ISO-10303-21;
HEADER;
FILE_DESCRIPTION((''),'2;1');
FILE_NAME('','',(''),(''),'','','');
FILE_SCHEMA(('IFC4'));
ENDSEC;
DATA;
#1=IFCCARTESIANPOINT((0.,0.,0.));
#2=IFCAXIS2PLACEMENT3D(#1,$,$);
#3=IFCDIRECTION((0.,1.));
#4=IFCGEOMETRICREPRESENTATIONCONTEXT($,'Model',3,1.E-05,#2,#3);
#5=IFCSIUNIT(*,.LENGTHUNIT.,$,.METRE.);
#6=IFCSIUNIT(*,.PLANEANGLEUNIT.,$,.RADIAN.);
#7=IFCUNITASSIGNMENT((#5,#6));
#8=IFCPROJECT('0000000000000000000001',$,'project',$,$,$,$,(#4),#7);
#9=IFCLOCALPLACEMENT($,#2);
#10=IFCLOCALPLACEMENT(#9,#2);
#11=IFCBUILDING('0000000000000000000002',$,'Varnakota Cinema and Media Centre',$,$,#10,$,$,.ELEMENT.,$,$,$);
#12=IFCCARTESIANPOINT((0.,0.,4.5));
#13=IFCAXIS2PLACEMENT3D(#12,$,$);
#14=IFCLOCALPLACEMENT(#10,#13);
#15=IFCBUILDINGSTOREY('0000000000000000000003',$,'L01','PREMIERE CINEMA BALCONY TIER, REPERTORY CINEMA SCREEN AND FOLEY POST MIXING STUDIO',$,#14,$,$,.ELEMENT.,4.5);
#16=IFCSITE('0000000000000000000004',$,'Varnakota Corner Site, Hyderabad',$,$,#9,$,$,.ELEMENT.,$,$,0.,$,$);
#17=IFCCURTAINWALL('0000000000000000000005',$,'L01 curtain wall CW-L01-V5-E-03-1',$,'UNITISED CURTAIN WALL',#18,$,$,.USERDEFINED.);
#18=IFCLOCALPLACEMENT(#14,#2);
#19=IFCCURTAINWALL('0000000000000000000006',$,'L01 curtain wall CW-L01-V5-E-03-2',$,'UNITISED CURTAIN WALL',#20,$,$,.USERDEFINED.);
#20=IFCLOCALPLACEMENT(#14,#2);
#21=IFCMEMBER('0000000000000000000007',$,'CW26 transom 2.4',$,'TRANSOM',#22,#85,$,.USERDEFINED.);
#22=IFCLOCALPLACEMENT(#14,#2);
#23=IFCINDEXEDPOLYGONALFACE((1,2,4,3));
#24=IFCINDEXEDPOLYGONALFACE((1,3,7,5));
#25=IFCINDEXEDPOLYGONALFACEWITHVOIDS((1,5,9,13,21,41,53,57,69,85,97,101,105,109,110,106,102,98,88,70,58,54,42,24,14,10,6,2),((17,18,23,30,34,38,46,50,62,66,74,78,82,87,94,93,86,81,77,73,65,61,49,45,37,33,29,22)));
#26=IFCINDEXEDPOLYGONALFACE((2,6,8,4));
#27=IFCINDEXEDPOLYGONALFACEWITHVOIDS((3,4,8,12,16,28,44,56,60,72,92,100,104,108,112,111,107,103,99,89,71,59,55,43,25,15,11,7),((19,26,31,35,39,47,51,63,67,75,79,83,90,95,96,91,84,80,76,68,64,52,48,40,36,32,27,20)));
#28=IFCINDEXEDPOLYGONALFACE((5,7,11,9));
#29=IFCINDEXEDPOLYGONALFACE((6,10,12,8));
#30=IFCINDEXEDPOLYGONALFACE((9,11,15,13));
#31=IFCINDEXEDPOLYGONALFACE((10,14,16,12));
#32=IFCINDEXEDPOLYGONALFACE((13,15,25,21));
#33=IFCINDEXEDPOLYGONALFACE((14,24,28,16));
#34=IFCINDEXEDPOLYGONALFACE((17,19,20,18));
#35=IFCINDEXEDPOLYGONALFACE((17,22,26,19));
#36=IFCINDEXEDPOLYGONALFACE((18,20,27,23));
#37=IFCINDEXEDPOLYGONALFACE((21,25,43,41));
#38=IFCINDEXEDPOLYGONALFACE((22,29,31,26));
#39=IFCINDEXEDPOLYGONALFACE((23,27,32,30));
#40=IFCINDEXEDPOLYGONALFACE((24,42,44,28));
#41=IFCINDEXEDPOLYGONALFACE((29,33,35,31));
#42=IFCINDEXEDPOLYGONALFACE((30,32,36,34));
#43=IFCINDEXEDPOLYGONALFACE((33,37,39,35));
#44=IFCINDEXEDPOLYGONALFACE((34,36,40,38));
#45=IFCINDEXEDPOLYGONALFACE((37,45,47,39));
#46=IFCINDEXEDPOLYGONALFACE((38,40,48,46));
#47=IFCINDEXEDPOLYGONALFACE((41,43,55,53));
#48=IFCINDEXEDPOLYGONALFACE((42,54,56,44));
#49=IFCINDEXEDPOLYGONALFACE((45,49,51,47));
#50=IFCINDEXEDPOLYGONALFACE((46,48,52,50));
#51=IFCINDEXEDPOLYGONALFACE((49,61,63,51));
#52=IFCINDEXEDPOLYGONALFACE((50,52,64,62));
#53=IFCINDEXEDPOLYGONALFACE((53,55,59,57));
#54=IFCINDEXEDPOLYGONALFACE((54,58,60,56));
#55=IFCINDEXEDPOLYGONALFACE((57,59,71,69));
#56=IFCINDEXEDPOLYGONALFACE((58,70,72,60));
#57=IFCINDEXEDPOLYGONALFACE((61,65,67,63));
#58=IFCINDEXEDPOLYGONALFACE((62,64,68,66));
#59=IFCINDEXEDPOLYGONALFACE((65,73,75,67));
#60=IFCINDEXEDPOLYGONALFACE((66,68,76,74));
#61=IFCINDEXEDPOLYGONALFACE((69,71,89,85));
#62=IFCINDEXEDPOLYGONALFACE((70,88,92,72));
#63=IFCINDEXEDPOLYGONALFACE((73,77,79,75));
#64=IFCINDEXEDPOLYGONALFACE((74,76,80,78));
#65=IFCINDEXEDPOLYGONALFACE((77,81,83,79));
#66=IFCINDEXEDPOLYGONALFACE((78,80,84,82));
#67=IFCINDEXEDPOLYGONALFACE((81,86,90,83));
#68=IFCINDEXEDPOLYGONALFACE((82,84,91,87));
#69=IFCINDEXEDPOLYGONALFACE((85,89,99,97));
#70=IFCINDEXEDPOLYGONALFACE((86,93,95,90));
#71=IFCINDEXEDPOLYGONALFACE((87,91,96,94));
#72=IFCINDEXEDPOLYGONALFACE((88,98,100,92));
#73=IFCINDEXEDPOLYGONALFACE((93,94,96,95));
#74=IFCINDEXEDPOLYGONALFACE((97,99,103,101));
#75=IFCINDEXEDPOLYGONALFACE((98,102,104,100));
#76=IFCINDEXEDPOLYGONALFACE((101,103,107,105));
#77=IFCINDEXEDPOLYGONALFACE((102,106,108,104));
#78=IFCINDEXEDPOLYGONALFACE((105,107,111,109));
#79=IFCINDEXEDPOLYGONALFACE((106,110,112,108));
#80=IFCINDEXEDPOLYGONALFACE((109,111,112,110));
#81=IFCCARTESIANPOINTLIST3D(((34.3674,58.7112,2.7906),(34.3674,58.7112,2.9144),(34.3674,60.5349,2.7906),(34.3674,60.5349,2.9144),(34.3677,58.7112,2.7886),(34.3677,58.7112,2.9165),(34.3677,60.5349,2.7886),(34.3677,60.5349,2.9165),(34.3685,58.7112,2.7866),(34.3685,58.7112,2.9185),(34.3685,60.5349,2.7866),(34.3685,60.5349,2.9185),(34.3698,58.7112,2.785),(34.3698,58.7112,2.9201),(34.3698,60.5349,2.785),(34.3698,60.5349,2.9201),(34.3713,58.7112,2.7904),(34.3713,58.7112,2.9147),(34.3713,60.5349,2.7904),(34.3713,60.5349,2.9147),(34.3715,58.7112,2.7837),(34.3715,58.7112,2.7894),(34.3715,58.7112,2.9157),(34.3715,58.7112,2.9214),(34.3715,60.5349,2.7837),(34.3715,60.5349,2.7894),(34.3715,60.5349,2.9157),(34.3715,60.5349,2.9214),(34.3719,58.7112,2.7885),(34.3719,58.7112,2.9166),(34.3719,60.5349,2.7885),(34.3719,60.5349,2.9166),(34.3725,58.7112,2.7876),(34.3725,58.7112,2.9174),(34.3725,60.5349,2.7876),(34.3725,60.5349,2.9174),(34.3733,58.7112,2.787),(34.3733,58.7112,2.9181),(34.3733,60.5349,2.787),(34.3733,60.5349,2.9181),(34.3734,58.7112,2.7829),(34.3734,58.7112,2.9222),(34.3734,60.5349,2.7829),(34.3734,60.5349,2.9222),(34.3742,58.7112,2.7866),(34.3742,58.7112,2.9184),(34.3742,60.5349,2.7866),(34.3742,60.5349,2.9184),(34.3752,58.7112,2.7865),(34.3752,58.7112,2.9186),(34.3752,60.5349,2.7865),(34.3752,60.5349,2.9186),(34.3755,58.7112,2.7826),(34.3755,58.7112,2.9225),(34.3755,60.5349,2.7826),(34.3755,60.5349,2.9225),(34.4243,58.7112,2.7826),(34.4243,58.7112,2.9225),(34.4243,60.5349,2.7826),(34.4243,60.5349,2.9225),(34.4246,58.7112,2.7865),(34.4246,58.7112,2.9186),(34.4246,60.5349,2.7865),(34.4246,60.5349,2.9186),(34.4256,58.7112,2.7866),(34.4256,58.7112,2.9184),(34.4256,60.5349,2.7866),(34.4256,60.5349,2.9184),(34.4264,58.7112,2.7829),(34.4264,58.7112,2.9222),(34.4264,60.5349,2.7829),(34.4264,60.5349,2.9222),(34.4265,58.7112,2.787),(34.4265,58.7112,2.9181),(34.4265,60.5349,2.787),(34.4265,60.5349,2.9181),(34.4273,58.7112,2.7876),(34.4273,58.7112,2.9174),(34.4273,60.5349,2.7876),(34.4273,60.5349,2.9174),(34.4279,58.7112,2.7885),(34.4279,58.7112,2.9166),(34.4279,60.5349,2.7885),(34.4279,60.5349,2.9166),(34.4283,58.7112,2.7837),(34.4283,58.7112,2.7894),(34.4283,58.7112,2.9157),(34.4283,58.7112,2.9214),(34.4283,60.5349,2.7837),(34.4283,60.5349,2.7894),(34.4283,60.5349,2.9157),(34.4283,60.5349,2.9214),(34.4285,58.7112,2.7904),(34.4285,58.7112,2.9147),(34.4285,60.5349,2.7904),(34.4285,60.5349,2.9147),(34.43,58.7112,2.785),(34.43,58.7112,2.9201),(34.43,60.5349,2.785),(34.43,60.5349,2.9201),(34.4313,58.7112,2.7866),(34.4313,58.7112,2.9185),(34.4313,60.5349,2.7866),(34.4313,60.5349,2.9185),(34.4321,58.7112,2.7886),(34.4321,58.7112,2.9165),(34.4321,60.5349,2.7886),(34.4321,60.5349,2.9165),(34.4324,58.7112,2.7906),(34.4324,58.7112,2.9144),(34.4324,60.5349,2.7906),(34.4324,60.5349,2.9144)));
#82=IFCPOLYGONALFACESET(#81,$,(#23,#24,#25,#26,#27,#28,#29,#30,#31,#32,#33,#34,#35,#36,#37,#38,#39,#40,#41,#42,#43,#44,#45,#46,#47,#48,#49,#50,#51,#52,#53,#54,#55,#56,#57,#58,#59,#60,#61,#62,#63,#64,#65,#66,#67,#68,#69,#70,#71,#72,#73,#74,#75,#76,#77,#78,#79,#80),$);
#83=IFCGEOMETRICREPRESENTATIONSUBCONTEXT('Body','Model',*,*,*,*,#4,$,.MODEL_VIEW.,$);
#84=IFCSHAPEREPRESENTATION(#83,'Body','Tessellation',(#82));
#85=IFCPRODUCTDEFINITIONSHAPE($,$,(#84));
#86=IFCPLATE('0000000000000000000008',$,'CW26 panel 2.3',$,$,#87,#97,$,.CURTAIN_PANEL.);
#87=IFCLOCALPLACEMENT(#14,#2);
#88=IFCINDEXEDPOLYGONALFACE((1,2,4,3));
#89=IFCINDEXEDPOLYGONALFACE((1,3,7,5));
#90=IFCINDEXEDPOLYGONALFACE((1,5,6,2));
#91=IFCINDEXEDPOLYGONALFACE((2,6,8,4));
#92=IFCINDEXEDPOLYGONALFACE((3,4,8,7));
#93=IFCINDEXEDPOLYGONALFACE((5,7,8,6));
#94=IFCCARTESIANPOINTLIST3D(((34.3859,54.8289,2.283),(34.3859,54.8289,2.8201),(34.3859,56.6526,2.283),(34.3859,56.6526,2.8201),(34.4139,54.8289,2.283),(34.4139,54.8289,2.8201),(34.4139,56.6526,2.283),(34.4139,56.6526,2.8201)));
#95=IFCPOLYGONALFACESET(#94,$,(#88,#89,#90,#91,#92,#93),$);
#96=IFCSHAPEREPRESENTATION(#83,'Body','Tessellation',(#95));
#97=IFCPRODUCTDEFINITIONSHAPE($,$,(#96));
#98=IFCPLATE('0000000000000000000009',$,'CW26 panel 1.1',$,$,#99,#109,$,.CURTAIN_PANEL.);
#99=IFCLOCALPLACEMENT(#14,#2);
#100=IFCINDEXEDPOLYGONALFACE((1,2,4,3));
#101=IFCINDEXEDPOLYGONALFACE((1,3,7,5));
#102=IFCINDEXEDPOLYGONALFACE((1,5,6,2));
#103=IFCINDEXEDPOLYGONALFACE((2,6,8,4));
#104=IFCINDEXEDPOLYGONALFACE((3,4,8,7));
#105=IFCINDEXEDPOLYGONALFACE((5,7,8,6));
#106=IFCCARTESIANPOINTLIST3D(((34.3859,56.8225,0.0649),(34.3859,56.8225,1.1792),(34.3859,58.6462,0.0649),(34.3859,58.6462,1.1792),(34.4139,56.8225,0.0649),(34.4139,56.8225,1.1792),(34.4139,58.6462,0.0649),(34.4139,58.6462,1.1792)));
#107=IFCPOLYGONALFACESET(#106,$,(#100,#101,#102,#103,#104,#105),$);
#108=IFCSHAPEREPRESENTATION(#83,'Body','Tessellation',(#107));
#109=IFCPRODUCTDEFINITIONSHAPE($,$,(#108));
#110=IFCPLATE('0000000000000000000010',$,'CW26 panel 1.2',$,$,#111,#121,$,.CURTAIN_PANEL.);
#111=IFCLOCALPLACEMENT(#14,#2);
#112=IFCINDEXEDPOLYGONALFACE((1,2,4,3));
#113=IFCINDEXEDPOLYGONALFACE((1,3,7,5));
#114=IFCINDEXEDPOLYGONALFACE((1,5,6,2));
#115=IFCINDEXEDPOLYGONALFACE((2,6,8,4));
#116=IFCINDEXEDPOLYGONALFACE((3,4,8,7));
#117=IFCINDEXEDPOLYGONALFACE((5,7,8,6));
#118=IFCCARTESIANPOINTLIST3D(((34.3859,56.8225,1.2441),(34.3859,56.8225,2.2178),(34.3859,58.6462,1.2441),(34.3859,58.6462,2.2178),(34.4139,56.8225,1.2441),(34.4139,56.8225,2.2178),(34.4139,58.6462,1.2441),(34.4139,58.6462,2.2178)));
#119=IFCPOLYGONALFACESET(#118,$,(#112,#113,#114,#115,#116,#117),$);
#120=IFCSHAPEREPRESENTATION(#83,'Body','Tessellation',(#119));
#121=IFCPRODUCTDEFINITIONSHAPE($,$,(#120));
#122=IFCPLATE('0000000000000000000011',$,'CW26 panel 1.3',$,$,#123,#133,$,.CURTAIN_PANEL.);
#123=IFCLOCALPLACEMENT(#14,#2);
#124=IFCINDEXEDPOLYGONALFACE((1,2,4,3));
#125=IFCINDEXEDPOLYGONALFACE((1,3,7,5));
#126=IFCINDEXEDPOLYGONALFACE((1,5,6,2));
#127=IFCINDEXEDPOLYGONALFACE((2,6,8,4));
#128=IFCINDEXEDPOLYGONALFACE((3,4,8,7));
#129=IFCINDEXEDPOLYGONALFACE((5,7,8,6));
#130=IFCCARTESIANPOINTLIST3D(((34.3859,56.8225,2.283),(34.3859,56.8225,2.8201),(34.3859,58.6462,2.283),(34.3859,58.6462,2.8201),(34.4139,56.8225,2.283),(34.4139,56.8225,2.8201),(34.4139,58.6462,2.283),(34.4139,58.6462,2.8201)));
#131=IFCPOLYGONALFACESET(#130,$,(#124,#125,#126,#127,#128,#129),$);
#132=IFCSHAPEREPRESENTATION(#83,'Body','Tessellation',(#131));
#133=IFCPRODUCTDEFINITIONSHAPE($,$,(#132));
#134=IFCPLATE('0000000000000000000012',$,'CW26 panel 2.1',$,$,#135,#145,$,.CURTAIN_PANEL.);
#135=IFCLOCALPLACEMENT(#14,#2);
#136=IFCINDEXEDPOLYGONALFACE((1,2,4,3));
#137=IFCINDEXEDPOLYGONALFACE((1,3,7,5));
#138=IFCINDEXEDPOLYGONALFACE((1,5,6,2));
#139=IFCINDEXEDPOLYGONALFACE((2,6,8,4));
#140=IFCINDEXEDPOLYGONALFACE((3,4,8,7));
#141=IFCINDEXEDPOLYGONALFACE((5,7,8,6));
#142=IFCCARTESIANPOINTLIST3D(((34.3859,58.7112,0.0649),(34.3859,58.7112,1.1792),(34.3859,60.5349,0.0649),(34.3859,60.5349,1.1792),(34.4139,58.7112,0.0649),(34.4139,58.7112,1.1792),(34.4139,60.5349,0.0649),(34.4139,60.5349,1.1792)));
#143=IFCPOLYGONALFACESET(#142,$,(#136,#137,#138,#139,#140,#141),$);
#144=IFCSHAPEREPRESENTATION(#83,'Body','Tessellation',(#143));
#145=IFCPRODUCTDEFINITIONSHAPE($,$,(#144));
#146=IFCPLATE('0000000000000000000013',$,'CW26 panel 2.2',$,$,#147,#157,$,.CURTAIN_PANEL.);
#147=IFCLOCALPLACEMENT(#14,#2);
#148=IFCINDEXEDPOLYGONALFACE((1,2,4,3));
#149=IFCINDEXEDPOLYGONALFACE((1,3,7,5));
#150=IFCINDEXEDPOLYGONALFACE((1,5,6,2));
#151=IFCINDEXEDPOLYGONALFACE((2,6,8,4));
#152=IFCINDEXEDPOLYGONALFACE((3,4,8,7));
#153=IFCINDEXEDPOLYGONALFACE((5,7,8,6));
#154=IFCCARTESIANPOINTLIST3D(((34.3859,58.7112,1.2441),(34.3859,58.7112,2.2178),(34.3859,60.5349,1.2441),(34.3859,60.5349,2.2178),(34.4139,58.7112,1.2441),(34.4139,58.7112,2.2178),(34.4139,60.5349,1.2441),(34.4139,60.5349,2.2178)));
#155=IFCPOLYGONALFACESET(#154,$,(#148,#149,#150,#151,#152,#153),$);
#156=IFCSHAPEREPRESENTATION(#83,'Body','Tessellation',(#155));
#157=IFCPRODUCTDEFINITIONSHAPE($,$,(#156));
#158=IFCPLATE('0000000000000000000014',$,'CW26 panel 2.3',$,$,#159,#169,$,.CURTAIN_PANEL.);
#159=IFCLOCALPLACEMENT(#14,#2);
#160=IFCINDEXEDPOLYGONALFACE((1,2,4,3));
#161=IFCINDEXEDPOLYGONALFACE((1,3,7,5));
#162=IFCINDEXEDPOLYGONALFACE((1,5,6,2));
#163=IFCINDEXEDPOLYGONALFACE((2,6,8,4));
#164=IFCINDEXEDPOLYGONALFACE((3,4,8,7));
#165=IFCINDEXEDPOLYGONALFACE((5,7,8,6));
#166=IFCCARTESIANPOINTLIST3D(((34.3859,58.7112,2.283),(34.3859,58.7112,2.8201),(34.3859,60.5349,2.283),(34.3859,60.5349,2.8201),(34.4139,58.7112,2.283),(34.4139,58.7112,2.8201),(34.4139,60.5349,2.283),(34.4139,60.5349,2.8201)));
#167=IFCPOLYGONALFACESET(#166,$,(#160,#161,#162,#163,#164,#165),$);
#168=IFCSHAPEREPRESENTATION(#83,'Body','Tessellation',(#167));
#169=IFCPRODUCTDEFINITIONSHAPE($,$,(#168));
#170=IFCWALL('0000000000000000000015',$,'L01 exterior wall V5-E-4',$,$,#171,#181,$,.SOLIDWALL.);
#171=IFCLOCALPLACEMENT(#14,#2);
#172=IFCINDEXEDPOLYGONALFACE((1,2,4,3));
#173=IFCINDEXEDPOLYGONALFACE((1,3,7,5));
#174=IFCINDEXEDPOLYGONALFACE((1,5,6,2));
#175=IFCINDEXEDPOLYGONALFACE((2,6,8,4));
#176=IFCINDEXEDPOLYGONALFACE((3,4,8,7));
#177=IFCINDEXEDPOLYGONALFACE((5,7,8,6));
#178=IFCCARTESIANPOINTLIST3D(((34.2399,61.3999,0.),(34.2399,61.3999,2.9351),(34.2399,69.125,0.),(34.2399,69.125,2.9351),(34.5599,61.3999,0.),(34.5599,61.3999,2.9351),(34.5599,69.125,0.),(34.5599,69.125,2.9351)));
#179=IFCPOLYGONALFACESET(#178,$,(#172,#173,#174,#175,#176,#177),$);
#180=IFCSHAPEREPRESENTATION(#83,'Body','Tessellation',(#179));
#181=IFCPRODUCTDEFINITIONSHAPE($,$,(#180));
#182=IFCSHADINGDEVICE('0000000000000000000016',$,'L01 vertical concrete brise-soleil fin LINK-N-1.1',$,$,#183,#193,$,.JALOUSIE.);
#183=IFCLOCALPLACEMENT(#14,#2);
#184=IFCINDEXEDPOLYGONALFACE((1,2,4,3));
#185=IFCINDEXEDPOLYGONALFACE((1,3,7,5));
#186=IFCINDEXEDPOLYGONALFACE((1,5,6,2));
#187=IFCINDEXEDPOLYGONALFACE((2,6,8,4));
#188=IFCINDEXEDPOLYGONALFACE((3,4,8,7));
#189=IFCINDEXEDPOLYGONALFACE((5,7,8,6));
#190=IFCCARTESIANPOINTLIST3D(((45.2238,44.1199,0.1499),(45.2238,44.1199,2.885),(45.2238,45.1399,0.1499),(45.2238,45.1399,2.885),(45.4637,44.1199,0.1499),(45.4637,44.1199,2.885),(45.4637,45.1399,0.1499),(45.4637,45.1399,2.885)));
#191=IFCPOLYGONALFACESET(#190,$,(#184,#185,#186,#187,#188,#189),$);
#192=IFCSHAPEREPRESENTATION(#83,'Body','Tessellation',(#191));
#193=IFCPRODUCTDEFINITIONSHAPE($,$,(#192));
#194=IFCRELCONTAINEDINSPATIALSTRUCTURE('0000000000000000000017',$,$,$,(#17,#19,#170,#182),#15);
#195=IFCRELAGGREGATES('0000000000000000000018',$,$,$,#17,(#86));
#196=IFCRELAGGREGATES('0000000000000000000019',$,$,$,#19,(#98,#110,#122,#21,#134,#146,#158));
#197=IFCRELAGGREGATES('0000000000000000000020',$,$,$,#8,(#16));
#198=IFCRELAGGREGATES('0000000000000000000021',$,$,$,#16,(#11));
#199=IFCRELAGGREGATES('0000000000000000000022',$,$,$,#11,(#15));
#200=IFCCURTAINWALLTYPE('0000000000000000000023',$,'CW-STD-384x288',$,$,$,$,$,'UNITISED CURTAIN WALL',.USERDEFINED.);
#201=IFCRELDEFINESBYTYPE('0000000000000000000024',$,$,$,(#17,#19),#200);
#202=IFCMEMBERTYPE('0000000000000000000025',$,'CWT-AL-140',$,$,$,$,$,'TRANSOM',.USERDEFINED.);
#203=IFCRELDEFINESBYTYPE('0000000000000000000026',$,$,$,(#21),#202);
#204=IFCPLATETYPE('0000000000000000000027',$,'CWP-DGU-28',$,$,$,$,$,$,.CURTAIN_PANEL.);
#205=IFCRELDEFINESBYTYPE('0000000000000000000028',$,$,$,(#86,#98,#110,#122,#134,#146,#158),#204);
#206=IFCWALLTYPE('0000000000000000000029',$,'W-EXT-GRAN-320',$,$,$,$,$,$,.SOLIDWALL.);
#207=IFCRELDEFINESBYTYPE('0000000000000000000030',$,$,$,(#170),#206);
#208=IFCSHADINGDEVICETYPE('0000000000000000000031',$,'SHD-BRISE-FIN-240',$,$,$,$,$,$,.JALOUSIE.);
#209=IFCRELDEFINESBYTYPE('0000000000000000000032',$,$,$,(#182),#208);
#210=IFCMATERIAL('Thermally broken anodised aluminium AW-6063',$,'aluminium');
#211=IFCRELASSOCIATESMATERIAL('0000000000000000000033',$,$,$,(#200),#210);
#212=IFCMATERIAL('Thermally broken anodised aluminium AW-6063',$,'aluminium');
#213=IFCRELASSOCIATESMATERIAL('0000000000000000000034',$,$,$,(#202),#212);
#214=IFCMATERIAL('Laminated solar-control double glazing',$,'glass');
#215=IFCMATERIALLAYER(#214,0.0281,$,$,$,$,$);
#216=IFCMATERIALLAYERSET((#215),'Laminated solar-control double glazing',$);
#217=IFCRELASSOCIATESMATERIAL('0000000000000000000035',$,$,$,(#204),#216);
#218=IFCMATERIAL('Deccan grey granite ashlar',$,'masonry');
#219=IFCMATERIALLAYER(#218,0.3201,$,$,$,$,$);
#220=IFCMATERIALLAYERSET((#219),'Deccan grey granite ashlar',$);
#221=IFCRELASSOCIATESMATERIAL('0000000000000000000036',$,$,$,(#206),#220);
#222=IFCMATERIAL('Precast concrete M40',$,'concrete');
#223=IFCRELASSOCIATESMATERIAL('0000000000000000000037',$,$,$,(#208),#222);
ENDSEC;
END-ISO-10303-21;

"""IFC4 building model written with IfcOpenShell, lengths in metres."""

from ifc_helpers import new_model, si_unit, direction, frame, frame_2d, origin, origin_2d, place, context, subcontext, project, spatial, rectangle, hollow_rectangle, extrude, material, layer, layer_set, material_profile, profile_set, type_object, element, aggregate, save


model = new_model("IFC4")

# Units and contexts
model_context = context("Model", 3, precision=1e-05, world=origin(), true_north=direction((0.0, 1.0)))
body_context = subcontext(model_context, "Body", "Model", "MODEL_VIEW")
ifc_project = project(units=[si_unit("LENGTHUNIT", "METRE"), si_unit("PLANEANGLEUNIT", "RADIAN")], contexts=[model_context])

# Site, building, storey
site_placement = place(None, origin())
site = spatial("IfcSite", under=ifc_project, at=site_placement, Name="Varnakota Corner Site, Hyderabad", CompositionType="ELEMENT", RefElevation=0.0)
building_placement = place(site_placement, origin())
building = spatial("IfcBuilding", under=site, at=building_placement, Name="Varnakota Cinema and Media Centre", CompositionType="ELEMENT")
storey_placement = place(building_placement, frame((0.0, 0.0, 4.5)))
storey = spatial("IfcBuildingStorey", under=building, at=storey_placement, Name="L01", Description="PREMIERE CINEMA BALCONY TIER, REPERTORY CINEMA SCREEN AND FOLEY POST MIXING STUDIO", CompositionType="ELEMENT", Elevation=4.5)

# Curtain wall
ifc_material_1 = material(Name="Thermally broken anodised aluminium AW-6063", Category="aluminium")
curtain_wall_type = type_object("IfcCurtainWallType", Name="CW-STD-384x288", ElementType="UNITISED CURTAIN WALL", PredefinedType="USERDEFINED", material=ifc_material_1)
curtain_wall_1_placement = place(storey_placement, origin())
curtain_wall_1 = element("IfcCurtainWall", 1, at=curtain_wall_1_placement, inside=storey, type_object=curtain_wall_type, Name="L01 curtain wall CW-L01-V5-E-03-1", ObjectType="UNITISED CURTAIN WALL", PredefinedType="USERDEFINED")

# Curtain wall, member
curtain_wall_2_placement = place(storey_placement, origin())
curtain_wall_2 = element("IfcCurtainWall", 2, at=curtain_wall_2_placement, inside=storey, type_object=curtain_wall_type, Name="L01 curtain wall CW-L01-V5-E-03-2", ObjectType="UNITISED CURTAIN WALL", PredefinedType="USERDEFINED")
ifc_material_2 = material(Name="Thermally broken anodised aluminium AW-6063", Category="aluminium")
ifc_material_profile_1 = material_profile(ifc_material_2, hollow_rectangle(XDim=0.0649, YDim=0.1399, WallThickness=0.0039, InnerFilletRadius=0.0039, OuterFilletRadius=0.0081, at=origin_2d()), Name="AL-TRANSOM 140x65x4")
ifc_profile_set_1 = profile_set([ifc_material_profile_1], Name="Thermally broken anodised aluminium AW-6063")
member_type_1 = type_object("IfcMemberType", Name="CWT-AL-140", ElementType="TRANSOM", PredefinedType="USERDEFINED", material=ifc_profile_set_1)
member_1_placement = place(storey_placement, frame((34.3999, 58.7112, 2.8525), z_axis=(0.0, 1.0, 0.0), x_axis=(-1.0, 0.0, 0.0)))
member_1 = element("IfcMember", 3, at=member_1_placement, type_object=member_type_1, Name="CW26 transom 2.4", ObjectType="TRANSOM", PredefinedType="USERDEFINED", context=body_context, shape_type="SweptSolid", body=[
    extrude(hollow_rectangle(XDim=0.0649, YDim=0.1399, WallThickness=0.0039, InnerFilletRadius=0.0039, OuterFilletRadius=0.0081, at=origin_2d()), origin(), (0.0, 0.0, 1.0), 1.8237),
])

# Plates
ifc_material_3 = material(Name="Laminated solar-control double glazing", Category="glass")
ifc_layer_1 = layer(ifc_material_3, 0.0281)
ifc_layer_set_1 = layer_set([ifc_layer_1], Name="Laminated solar-control double glazing")
plate_type = type_object("IfcPlateType", Name="CWP-DGU-28", PredefinedType="CURTAIN_PANEL", material=ifc_layer_set_1)
plate_1_placement = place(storey_placement, frame((34.3999, 55.7407, 2.283), z_axis=(0.0, 0.0, 1.0), x_axis=(0.0, 1.0, 0.0)))
plate_1 = element("IfcPlate", 4, at=plate_1_placement, type_object=plate_type, Name="CW26 panel 2.3", PredefinedType="CURTAIN_PANEL", context=body_context, shape_type="SweptSolid", body=[
    extrude(rectangle(XDim=1.8237, YDim=0.0281, at=origin_2d()), origin(), (0.0, 0.0, 1.0), 0.5371),
])
aggregate(curtain_wall_1, [plate_1])
plate_2_placement = place(storey_placement, frame((34.3999, 57.7344, 0.0649), z_axis=(0.0, 0.0, 1.0), x_axis=(0.0, 1.0, 0.0)))
plate_2 = element("IfcPlate", 5, at=plate_2_placement, type_object=plate_type, Name="CW26 panel 1.1", PredefinedType="CURTAIN_PANEL", context=body_context, shape_type="SweptSolid", body=[
    extrude(rectangle(XDim=1.8237, YDim=0.0281, at=origin_2d()), origin(), (0.0, 0.0, 1.0), 1.1143),
])
plate_3_placement = place(storey_placement, frame((34.3999, 57.7344, 1.2441), z_axis=(0.0, 0.0, 1.0), x_axis=(0.0, 1.0, 0.0)))
plate_3 = element("IfcPlate", 6, at=plate_3_placement, type_object=plate_type, Name="CW26 panel 1.2", PredefinedType="CURTAIN_PANEL", context=body_context, shape_type="SweptSolid", body=[
    extrude(rectangle(XDim=1.8237, YDim=0.0281, at=origin_2d()), origin(), (0.0, 0.0, 1.0), 0.9736),
])
plate_4_placement = place(storey_placement, frame((34.3999, 57.7344, 2.283), z_axis=(0.0, 0.0, 1.0), x_axis=(0.0, 1.0, 0.0)))
plate_4 = element("IfcPlate", 7, at=plate_4_placement, type_object=plate_type, Name="CW26 panel 1.3", PredefinedType="CURTAIN_PANEL", context=body_context, shape_type="SweptSolid", body=[
    extrude(rectangle(XDim=1.8237, YDim=0.0281, at=origin_2d()), origin(), (0.0, 0.0, 1.0), 0.5371),
])
plate_5_placement = place(storey_placement, frame((34.3999, 59.623, 0.0649), z_axis=(0.0, 0.0, 1.0), x_axis=(0.0, 1.0, 0.0)))
plate_5 = element("IfcPlate", 8, at=plate_5_placement, type_object=plate_type, Name="CW26 panel 2.1", PredefinedType="CURTAIN_PANEL", context=body_context, shape_type="SweptSolid", body=[
    extrude(rectangle(XDim=1.8237, YDim=0.0281, at=origin_2d()), origin(), (0.0, 0.0, 1.0), 1.1143),
])
plate_6_placement = place(storey_placement, frame((34.3999, 59.623, 1.2441), z_axis=(0.0, 0.0, 1.0), x_axis=(0.0, 1.0, 0.0)))
plate_6 = element("IfcPlate", 9, at=plate_6_placement, type_object=plate_type, Name="CW26 panel 2.2", PredefinedType="CURTAIN_PANEL", context=body_context, shape_type="SweptSolid", body=[
    extrude(rectangle(XDim=1.8237, YDim=0.0281, at=origin_2d()), origin(), (0.0, 0.0, 1.0), 0.9736),
])
plate_7_placement = place(storey_placement, frame((34.3999, 59.623, 2.283), z_axis=(0.0, 0.0, 1.0), x_axis=(0.0, 1.0, 0.0)))
plate_7 = element("IfcPlate", 10, at=plate_7_placement, type_object=plate_type, Name="CW26 panel 2.3", PredefinedType="CURTAIN_PANEL", context=body_context, shape_type="SweptSolid", body=[
    extrude(rectangle(XDim=1.8237, YDim=0.0281, at=origin_2d()), origin(), (0.0, 0.0, 1.0), 0.5371),
])
aggregate(curtain_wall_2, [plate_2, plate_3, plate_4, member_1, plate_5, plate_6, plate_7])

# Wall
ifc_material_4 = material(Name="Deccan grey granite ashlar", Category="masonry")
ifc_layer_2 = layer(ifc_material_4, 0.3201)
ifc_layer_set_2 = layer_set([ifc_layer_2], Name="Deccan grey granite ashlar")
wall_type = type_object("IfcWallType", Name="W-EXT-GRAN-320", PredefinedType="SOLIDWALL", material=ifc_layer_set_2)
wall_placement = place(storey_placement, frame((34.3999, 61.3999, 0.0), z_axis=(0.0, 0.0, 1.0), x_axis=(0.0, 1.0, 0.0)))
element("IfcWall", 11, at=wall_placement, inside=storey, type_object=wall_type, Name="L01 exterior wall V5-E-4", PredefinedType="SOLIDWALL", context=body_context, shape_type="SweptSolid", body=[
    extrude(rectangle(XDim=7.7251, YDim=0.3201, at=frame_2d((3.8625, 0.0))), origin(), (0.0, 0.0, 1.0), 2.9351),
])

# Shading device
ifc_material_5 = material(Name="Precast concrete M40", Category="concrete")
shading_device_type = type_object("IfcShadingDeviceType", Name="SHD-BRISE-FIN-240", PredefinedType="JALOUSIE", material=ifc_material_5)
for number, where, z_axis, x_axis, name in (
    (12, (45.3438, 44.6299, 0.1499), (0.0, 0.0, 1.0), (1.0, 0.0, 0.0), "L01 vertical concrete brise-soleil fin LINK-N-1.1"),
):
    element("IfcShadingDevice", number, at=place(storey_placement, frame(where, z_axis=z_axis, x_axis=x_axis)), inside=storey, type_object=shading_device_type, Name=name, PredefinedType="JALOUSIE", context=body_context, shape_type="SweptSolid", body=[
        extrude(rectangle(XDim=0.24, YDim=1.02, at=origin_2d()), origin(), (0.0, 0.0, 1.0), 2.7351),
    ])

save(model, "model.ifc")
